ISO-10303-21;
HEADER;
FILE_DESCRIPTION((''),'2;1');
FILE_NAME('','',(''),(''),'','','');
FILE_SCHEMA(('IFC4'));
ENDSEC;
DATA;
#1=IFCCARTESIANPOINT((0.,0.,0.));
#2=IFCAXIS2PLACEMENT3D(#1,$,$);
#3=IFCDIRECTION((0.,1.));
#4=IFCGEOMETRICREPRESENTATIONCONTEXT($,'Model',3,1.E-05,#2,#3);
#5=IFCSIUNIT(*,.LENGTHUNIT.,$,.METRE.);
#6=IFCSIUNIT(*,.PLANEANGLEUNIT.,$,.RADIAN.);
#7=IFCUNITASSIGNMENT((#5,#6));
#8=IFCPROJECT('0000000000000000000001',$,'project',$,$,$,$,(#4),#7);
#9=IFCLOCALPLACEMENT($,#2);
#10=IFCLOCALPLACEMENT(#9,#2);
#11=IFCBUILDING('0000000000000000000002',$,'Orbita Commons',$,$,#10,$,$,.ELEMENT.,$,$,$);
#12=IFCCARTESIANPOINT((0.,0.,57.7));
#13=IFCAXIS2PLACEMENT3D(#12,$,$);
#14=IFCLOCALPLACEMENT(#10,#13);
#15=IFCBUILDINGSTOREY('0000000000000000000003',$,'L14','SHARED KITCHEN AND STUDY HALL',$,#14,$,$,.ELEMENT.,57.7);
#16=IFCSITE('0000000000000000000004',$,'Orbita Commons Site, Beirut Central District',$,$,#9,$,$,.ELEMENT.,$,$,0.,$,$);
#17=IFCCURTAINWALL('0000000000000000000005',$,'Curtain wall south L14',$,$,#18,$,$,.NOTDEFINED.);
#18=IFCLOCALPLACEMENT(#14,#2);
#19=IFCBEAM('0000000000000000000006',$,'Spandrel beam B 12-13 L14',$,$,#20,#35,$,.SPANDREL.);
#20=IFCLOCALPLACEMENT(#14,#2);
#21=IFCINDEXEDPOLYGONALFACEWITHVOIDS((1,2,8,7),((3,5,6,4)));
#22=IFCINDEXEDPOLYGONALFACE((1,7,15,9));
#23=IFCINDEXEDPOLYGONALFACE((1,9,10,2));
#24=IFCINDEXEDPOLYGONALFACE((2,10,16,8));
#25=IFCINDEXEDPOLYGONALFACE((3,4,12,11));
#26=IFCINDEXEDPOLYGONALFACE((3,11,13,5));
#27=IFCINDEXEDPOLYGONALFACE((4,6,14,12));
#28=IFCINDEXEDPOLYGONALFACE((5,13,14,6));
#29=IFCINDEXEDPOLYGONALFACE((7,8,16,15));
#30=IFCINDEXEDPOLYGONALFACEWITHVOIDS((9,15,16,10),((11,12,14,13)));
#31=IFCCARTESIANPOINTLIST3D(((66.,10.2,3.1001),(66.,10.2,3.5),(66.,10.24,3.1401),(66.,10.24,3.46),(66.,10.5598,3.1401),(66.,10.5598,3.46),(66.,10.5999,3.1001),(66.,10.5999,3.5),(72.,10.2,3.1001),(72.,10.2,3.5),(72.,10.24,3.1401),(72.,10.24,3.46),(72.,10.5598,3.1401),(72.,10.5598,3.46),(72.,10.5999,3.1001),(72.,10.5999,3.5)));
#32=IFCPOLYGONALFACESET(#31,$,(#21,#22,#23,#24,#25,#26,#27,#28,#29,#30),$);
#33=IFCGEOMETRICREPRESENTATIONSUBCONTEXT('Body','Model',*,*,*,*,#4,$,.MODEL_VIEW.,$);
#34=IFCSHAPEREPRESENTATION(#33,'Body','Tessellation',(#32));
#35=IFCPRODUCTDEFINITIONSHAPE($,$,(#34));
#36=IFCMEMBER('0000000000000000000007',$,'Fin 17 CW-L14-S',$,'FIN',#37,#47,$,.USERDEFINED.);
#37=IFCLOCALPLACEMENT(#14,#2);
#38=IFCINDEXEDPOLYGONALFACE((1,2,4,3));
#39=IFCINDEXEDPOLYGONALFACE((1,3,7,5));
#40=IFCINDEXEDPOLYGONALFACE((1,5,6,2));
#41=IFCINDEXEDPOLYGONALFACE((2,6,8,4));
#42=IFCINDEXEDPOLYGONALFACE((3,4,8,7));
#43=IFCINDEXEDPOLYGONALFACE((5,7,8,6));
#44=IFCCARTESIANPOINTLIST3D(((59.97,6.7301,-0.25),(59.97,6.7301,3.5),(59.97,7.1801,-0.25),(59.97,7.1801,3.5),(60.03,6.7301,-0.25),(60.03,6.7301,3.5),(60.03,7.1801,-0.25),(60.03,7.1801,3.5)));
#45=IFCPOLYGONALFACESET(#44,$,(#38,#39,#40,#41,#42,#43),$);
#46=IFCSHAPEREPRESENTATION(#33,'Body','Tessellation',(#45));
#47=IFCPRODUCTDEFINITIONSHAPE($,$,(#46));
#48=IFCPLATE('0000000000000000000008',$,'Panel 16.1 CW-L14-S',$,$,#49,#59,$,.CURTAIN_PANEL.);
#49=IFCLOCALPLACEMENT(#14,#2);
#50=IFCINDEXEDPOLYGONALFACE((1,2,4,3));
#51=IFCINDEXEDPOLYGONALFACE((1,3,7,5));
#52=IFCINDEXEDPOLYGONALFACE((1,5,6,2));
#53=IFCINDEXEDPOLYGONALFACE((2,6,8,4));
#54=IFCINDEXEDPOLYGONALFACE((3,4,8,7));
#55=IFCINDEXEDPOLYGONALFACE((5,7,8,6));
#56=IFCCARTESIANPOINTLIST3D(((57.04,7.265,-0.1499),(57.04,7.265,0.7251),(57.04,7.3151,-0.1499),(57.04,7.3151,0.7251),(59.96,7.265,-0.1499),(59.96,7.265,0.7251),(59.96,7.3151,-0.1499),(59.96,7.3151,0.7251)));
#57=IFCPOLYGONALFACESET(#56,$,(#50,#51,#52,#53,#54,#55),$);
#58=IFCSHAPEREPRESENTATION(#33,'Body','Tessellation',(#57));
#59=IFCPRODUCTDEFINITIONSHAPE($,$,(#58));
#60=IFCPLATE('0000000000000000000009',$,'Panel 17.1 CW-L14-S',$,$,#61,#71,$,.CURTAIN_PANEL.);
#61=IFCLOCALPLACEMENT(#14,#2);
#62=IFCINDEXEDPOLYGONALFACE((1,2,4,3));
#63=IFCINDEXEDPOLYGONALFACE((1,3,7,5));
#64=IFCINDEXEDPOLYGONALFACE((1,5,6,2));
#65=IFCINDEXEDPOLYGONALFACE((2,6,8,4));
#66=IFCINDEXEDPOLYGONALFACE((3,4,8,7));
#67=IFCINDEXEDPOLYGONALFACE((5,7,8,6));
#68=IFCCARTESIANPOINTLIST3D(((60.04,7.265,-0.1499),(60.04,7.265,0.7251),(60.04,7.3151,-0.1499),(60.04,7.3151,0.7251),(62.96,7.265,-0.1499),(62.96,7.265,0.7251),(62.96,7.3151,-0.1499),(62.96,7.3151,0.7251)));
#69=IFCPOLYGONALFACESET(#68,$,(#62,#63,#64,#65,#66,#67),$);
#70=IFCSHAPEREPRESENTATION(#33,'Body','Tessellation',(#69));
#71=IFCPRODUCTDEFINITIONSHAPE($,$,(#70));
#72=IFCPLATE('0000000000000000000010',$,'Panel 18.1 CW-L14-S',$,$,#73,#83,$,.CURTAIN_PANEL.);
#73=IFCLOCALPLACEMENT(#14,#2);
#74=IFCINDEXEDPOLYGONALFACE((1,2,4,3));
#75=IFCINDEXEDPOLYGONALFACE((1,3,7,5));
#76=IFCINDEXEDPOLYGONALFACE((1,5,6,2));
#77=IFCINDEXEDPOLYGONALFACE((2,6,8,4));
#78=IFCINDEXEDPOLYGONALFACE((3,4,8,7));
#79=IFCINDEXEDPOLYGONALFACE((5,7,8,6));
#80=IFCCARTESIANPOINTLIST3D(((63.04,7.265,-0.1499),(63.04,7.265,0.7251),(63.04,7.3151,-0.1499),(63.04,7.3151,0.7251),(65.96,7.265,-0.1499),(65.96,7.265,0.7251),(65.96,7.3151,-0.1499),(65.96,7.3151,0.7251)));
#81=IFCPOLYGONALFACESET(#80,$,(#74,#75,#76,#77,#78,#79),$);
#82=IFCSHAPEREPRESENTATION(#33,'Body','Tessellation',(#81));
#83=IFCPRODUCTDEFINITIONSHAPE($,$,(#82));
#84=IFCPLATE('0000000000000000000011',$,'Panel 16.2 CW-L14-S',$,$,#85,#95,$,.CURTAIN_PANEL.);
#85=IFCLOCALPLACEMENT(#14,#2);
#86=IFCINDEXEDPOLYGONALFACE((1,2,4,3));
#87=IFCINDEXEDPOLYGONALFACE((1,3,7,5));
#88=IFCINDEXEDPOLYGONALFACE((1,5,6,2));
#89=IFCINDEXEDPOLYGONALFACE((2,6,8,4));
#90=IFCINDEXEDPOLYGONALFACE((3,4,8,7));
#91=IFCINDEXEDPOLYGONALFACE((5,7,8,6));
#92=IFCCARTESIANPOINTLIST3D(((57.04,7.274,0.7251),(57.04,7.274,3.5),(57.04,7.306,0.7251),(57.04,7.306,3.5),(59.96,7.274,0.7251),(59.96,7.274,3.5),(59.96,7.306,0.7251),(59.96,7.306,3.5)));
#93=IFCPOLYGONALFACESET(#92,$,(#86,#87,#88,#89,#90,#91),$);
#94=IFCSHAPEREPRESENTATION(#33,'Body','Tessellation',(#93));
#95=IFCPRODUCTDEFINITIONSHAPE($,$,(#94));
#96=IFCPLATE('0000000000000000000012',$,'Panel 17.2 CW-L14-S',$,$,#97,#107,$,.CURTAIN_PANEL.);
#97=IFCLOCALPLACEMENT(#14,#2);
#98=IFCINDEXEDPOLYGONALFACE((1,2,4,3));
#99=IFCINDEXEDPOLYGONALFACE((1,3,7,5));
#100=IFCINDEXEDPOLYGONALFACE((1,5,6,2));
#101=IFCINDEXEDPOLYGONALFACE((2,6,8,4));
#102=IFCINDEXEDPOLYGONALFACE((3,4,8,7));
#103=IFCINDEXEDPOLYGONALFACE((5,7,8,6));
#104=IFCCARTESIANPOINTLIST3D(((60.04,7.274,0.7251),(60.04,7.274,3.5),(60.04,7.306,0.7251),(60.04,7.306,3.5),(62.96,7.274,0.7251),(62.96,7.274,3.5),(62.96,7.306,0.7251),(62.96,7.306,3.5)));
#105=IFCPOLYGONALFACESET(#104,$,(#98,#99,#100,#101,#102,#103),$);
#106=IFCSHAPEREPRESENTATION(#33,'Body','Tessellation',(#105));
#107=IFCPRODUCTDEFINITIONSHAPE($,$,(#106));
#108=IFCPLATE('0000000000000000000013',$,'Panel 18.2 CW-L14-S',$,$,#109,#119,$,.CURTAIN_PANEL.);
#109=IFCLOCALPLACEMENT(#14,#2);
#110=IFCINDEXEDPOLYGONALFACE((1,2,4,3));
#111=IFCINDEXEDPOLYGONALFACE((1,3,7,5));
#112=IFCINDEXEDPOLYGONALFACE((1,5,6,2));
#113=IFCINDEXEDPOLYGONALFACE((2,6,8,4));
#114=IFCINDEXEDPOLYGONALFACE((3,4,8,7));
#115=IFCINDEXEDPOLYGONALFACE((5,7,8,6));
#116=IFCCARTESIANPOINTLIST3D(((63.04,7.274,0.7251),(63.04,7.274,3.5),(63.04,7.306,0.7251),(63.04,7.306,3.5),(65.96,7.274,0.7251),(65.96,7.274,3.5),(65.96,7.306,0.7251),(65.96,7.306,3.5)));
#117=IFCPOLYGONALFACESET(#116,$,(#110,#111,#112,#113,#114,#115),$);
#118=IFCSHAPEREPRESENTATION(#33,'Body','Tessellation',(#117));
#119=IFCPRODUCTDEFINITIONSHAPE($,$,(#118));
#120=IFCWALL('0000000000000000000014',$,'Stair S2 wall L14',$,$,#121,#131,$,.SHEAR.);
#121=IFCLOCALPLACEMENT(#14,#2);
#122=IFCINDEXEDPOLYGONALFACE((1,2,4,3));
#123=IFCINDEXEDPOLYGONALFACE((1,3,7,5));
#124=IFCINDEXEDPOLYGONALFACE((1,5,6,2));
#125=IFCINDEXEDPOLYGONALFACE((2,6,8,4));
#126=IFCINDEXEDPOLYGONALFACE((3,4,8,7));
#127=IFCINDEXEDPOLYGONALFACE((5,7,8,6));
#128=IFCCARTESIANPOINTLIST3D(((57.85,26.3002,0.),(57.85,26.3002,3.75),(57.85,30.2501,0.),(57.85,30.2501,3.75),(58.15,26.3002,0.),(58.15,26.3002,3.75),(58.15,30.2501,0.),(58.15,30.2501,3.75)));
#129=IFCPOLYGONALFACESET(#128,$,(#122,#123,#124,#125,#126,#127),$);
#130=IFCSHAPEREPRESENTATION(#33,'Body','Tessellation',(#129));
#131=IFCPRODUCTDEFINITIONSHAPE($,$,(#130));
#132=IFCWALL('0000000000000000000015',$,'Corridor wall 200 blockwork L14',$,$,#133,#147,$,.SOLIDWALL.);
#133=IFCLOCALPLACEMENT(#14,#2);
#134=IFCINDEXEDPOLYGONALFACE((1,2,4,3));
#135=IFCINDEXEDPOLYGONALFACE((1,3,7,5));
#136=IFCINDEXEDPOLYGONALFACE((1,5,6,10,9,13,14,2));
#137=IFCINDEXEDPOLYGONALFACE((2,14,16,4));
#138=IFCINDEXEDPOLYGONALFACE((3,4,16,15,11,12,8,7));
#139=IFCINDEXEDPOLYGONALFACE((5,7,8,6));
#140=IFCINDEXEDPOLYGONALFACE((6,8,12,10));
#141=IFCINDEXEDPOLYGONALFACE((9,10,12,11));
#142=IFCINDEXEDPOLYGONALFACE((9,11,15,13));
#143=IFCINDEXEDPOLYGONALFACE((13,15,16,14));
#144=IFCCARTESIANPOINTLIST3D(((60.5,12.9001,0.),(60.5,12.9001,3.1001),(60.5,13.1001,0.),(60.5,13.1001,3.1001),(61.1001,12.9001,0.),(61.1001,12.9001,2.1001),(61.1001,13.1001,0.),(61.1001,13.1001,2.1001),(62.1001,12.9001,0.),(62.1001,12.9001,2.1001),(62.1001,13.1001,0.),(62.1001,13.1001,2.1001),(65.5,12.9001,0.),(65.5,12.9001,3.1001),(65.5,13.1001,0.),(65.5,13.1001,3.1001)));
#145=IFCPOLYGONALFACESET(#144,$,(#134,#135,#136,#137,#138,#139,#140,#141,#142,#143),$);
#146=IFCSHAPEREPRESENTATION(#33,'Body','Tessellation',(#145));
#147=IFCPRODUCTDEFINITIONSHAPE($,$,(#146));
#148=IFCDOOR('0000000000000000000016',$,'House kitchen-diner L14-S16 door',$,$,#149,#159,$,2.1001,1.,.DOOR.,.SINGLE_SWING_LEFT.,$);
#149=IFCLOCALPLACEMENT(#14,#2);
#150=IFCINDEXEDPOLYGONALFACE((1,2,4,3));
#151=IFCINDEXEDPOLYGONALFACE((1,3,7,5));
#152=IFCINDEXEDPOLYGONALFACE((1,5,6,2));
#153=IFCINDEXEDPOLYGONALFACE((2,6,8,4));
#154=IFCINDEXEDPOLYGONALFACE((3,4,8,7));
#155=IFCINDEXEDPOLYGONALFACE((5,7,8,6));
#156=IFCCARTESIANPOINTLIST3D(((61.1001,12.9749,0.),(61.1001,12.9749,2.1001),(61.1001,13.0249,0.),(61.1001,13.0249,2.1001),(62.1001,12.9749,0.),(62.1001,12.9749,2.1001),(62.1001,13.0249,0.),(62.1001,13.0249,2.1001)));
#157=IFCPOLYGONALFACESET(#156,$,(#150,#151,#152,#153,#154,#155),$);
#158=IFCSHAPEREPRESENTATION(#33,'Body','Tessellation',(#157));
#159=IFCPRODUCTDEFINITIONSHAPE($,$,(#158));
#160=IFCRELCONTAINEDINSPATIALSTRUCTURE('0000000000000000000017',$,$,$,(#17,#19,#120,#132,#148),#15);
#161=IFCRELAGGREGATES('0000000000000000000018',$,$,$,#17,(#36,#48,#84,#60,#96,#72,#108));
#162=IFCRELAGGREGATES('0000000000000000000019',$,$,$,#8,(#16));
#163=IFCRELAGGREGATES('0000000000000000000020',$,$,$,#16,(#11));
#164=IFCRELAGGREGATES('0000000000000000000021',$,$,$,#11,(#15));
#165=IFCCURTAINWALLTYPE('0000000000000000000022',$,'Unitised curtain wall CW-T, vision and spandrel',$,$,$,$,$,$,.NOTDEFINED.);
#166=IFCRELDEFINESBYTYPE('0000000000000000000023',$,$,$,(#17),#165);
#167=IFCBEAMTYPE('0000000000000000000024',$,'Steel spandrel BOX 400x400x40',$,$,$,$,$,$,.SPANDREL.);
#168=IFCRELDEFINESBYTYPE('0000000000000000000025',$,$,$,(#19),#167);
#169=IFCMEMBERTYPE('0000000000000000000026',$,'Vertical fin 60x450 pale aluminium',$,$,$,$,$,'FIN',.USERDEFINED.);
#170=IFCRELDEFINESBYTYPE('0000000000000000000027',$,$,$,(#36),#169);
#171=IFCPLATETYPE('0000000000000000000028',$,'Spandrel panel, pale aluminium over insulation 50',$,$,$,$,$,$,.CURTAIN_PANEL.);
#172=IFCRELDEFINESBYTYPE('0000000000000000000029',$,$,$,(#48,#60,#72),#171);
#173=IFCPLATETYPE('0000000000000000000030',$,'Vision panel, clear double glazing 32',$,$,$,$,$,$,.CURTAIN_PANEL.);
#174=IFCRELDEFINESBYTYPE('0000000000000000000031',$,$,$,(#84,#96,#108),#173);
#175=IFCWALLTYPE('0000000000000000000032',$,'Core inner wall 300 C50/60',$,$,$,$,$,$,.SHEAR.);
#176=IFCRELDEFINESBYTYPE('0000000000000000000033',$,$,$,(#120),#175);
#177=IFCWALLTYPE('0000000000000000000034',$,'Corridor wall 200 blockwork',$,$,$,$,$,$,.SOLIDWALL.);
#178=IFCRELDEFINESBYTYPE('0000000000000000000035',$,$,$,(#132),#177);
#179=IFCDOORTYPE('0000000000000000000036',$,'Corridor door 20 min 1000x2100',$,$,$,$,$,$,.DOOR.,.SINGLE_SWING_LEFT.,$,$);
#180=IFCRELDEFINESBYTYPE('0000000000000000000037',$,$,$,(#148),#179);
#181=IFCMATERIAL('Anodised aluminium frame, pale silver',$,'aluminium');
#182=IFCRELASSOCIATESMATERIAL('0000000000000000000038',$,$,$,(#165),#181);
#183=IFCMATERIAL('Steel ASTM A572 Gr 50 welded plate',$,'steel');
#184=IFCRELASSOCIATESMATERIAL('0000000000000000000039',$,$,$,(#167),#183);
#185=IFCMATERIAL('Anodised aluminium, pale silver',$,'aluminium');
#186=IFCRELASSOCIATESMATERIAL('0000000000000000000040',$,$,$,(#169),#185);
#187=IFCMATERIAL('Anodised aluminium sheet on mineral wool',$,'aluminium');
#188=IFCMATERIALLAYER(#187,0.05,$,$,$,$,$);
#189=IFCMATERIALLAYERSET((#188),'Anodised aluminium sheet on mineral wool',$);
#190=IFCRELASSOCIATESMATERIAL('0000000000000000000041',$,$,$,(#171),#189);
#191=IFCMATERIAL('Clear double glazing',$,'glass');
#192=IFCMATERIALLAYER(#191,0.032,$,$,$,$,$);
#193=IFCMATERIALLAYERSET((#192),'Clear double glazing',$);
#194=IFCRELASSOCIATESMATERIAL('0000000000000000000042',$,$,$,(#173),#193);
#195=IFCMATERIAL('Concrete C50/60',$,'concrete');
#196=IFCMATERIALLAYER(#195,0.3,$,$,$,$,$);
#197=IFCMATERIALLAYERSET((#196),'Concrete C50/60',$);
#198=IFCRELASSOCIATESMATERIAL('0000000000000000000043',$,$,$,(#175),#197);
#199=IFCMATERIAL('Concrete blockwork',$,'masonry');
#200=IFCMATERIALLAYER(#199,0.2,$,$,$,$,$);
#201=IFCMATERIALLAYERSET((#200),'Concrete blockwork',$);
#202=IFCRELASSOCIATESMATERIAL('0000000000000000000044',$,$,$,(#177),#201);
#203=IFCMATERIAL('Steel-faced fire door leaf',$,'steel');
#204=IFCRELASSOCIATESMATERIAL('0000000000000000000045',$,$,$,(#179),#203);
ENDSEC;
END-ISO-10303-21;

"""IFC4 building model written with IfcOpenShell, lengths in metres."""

from ifc_helpers import new_model, si_unit, direction, frame, frame_2d, origin, origin_2d, place, context, subcontext, project, spatial, polyline, rectangle, hollow_rectangle, outline, extrude, material, layer, layer_set, material_profile, profile_set, type_object, element, fill, aggregate, save


model = new_model("IFC4")

# Units and contexts
model_context = context("Model", 3, precision=1e-05, world=origin(), true_north=direction((0.0, 1.0)))
body_context = subcontext(model_context, "Body", "Model", "MODEL_VIEW")
ifc_project = project(units=[si_unit("LENGTHUNIT", "METRE"), si_unit("PLANEANGLEUNIT", "RADIAN")], contexts=[model_context])

# Site, building, storey
site_placement = place(None, origin())
site = spatial("IfcSite", under=ifc_project, at=site_placement, Name="Orbita Commons Site, Beirut Central District", CompositionType="ELEMENT", RefElevation=0.0)
building_placement = place(site_placement, origin())
building = spatial("IfcBuilding", under=site, at=building_placement, Name="Orbita Commons", CompositionType="ELEMENT")
storey_placement = place(building_placement, frame((0.0, 0.0, 57.7)))
storey = spatial("IfcBuildingStorey", under=building, at=storey_placement, Name="L14", Description="SHARED KITCHEN AND STUDY HALL", CompositionType="ELEMENT", Elevation=57.7)

# Curtain wall
ifc_material_1 = material(Name="Anodised aluminium frame, pale silver", Category="aluminium")
curtain_wall_type = type_object("IfcCurtainWallType", Name="Unitised curtain wall CW-T, vision and spandrel", PredefinedType="NOTDEFINED", material=ifc_material_1)
curtain_wall_placement = place(storey_placement, origin())
curtain_wall = element("IfcCurtainWall", 1, at=curtain_wall_placement, inside=storey, type_object=curtain_wall_type, Name="Curtain wall south L14", PredefinedType="NOTDEFINED")

# Beam
ifc_material_2 = material(Name="Steel ASTM A572 Gr 50 welded plate", Category="steel")
ifc_material_profile_1 = material_profile(ifc_material_2, hollow_rectangle(XDim=0.3999, YDim=0.3999, WallThickness=0.04, at=origin_2d()), Name="BOX 400x400x40")
ifc_profile_set_1 = profile_set([ifc_material_profile_1], Name="Steel ASTM A572 Gr 50 welded plate")
beam_type_1 = type_object("IfcBeamType", Name="Steel spandrel BOX 400x400x40", PredefinedType="SPANDREL", material=ifc_profile_set_1)
for number, where, z_axis, x_axis, name in (
    (2, (66.0, 10.3999, 3.3), (1.0, 0.0, 0.0), (0.0, 1.0, 0.0), "Spandrel beam B 12-13 L14"),
):
    element("IfcBeam", number, at=place(storey_placement, frame(where, z_axis=z_axis, x_axis=x_axis)), inside=storey, type_object=beam_type_1, Name=name, PredefinedType="SPANDREL", context=body_context, shape_type="SweptSolid", body=[
        extrude(hollow_rectangle(XDim=0.3999, YDim=0.3999, WallThickness=0.04, at=origin_2d()), origin(), (0.0, 0.0, 1.0), 6.0),
    ])

# Member
ifc_material_3 = material(Name="Anodised aluminium, pale silver", Category="aluminium")
ifc_material_profile_2 = material_profile(ifc_material_3, rectangle(XDim=0.0601, YDim=0.45, at=origin_2d()), Name="FIN 60x450")
ifc_profile_set_2 = profile_set([ifc_material_profile_2], Name="Anodised aluminium, pale silver")
member_type_1 = type_object("IfcMemberType", Name="Vertical fin 60x450 pale aluminium", ElementType="FIN", PredefinedType="USERDEFINED", material=ifc_profile_set_2)
member_1_placement = place(storey_placement, frame((60.0, 6.9551, -0.25), z_axis=(0.0, 0.0, 1.0), x_axis=(1.0, 0.0, 0.0)))
member_1 = element("IfcMember", 3, at=member_1_placement, type_object=member_type_1, Name="Fin 17 CW-L14-S", ObjectType="FIN", PredefinedType="USERDEFINED", context=body_context, shape_type="SweptSolid", body=[
    extrude(rectangle(XDim=0.0601, YDim=0.45, at=origin_2d()), origin(), (0.0, 0.0, 1.0), 3.75),
])

# Plates
ifc_material_4 = material(Name="Anodised aluminium sheet on mineral wool", Category="aluminium")
ifc_layer_1 = layer(ifc_material_4, 0.05)
ifc_layer_set_1 = layer_set([ifc_layer_1], Name="Anodised aluminium sheet on mineral wool")
plate_type_1 = type_object("IfcPlateType", Name="Spandrel panel, pale aluminium over insulation 50", PredefinedType="CURTAIN_PANEL", material=ifc_layer_set_1)
plate_1_placement = place(storey_placement, frame((58.5, 7.29, -0.1499), z_axis=(0.0, 0.0, 1.0), x_axis=(1.0, 0.0, 0.0)))
plate_1 = element("IfcPlate", 4, at=plate_1_placement, type_object=plate_type_1, Name="Panel 16.1 CW-L14-S", PredefinedType="CURTAIN_PANEL", context=body_context, shape_type="SweptSolid", body=[
    extrude(rectangle(XDim=2.9199, YDim=0.05, at=origin_2d()), origin(), (0.0, 0.0, 1.0), 0.875),
])
plate_2_placement = place(storey_placement, frame((61.5, 7.29, -0.1499), z_axis=(0.0, 0.0, 1.0), x_axis=(1.0, 0.0, 0.0)))
plate_2 = element("IfcPlate", 5, at=plate_2_placement, type_object=plate_type_1, Name="Panel 17.1 CW-L14-S", PredefinedType="CURTAIN_PANEL", context=body_context, shape_type="SweptSolid", body=[
    extrude(rectangle(XDim=2.9199, YDim=0.05, at=origin_2d()), origin(), (0.0, 0.0, 1.0), 0.875),
])
plate_3_placement = place(storey_placement, frame((64.5, 7.29, -0.1499), z_axis=(0.0, 0.0, 1.0), x_axis=(1.0, 0.0, 0.0)))
plate_3 = element("IfcPlate", 6, at=plate_3_placement, type_object=plate_type_1, Name="Panel 18.1 CW-L14-S", PredefinedType="CURTAIN_PANEL", context=body_context, shape_type="SweptSolid", body=[
    extrude(rectangle(XDim=2.9199, YDim=0.05, at=origin_2d()), origin(), (0.0, 0.0, 1.0), 0.875),
])
ifc_material_5 = material(Name="Clear double glazing", Category="glass")
ifc_layer_2 = layer(ifc_material_5, 0.032)
ifc_layer_set_2 = layer_set([ifc_layer_2], Name="Clear double glazing")
plate_type_2 = type_object("IfcPlateType", Name="Vision panel, clear double glazing 32", PredefinedType="CURTAIN_PANEL", material=ifc_layer_set_2)
plate_4_placement = place(storey_placement, frame((58.5, 7.29, 0.7251), z_axis=(0.0, 0.0, 1.0), x_axis=(1.0, 0.0, 0.0)))
plate_4 = element("IfcPlate", 7, at=plate_4_placement, type_object=plate_type_2, Name="Panel 16.2 CW-L14-S", PredefinedType="CURTAIN_PANEL", context=body_context, shape_type="SweptSolid", body=[
    extrude(rectangle(XDim=2.9199, YDim=0.032, at=origin_2d()), origin(), (0.0, 0.0, 1.0), 2.7749),
])
plate_5_placement = place(storey_placement, frame((61.5, 7.29, 0.7251), z_axis=(0.0, 0.0, 1.0), x_axis=(1.0, 0.0, 0.0)))
plate_5 = element("IfcPlate", 8, at=plate_5_placement, type_object=plate_type_2, Name="Panel 17.2 CW-L14-S", PredefinedType="CURTAIN_PANEL", context=body_context, shape_type="SweptSolid", body=[
    extrude(rectangle(XDim=2.9199, YDim=0.032, at=origin_2d()), origin(), (0.0, 0.0, 1.0), 2.7749),
])
plate_6_placement = place(storey_placement, frame((64.5, 7.29, 0.7251), z_axis=(0.0, 0.0, 1.0), x_axis=(1.0, 0.0, 0.0)))
plate_6 = element("IfcPlate", 9, at=plate_6_placement, type_object=plate_type_2, Name="Panel 18.2 CW-L14-S", PredefinedType="CURTAIN_PANEL", context=body_context, shape_type="SweptSolid", body=[
    extrude(rectangle(XDim=2.9199, YDim=0.032, at=origin_2d()), origin(), (0.0, 0.0, 1.0), 2.7749),
])
aggregate(curtain_wall, [member_1, plate_1, plate_4, plate_2, plate_5, plate_3, plate_6])

# Wall
ifc_material_6 = material(Name="Concrete C50/60", Category="concrete")
ifc_layer_3 = layer(ifc_material_6, 0.3)
ifc_layer_set_3 = layer_set([ifc_layer_3], Name="Concrete C50/60")
wall_type_1 = type_object("IfcWallType", Name="Core inner wall 300 C50/60", PredefinedType="SHEAR", material=ifc_layer_set_3)
wall_1_placement = place(storey_placement, frame((58.0, 26.3, 0.0), z_axis=(0.0, 0.0, 1.0), x_axis=(0.0, 1.0, 0.0)))
element("IfcWall", 10, at=wall_1_placement, inside=storey, type_object=wall_type_1, Name="Stair S2 wall L14", PredefinedType="SHEAR", context=body_context, shape_type="SweptSolid", body=[
    extrude(rectangle(XDim=3.95, YDim=0.3, at=frame_2d((1.9751, 0.0))), origin(), (0.0, 0.0, 1.0), 3.75),
])

# Wall, opening, door
ifc_material_7 = material(Name="Concrete blockwork", Category="masonry")
ifc_layer_4 = layer(ifc_material_7, 0.2)
ifc_layer_set_4 = layer_set([ifc_layer_4], Name="Concrete blockwork")
wall_type_2 = type_object("IfcWallType", Name="Corridor wall 200 blockwork", PredefinedType="SOLIDWALL", material=ifc_layer_set_4)
wall_2_placement = place(storey_placement, frame((60.5, 13.0, 0.0), z_axis=(0.0, 0.0, 1.0), x_axis=(1.0, 0.0, 0.0)))
wall_2 = element("IfcWall", 11, at=wall_2_placement, inside=storey, type_object=wall_type_2, Name="Corridor wall 200 blockwork L14", PredefinedType="SOLIDWALL", context=body_context, shape_type="SweptSolid", body=[
    extrude(outline(polyline([(0.0, 0.0), (5.0, 0.0), (5.0, 3.1001), (0.0, 3.1001), (0.0, 0.0)])), frame((0.0, 0.1001, 0.0), z_axis=(0.0, -1.0, 0.0), x_axis=(1.0, 0.0, 0.0)), (0.0, 0.0, 1.0), 0.2),
])
opening_1_placement = place(wall_2_placement, frame((0.6001, 0.0, 0.0)))
opening_1 = element("IfcOpeningElement", 12, at=opening_1_placement, cuts=wall_2, PredefinedType="OPENING", context=body_context, shape_type="SweptSolid", body=[
    extrude(rectangle(XDim=1.0, YDim=2.1001, at=frame_2d((0.5, 1.05))), frame((0.0, 0.1099, 0.0), z_axis=(0.0, -1.0, 0.0), x_axis=(1.0, 0.0, 0.0)), (0.0, 0.0, 1.0), 0.22),
])
ifc_material_8 = material(Name="Steel-faced fire door leaf", Category="steel")
door_type_1 = type_object("IfcDoorType", Name="Corridor door 20 min 1000x2100", OperationType="SINGLE_SWING_LEFT", PredefinedType="DOOR", material=ifc_material_8)
door_1_placement = place(opening_1_placement, origin())
door_1 = element("IfcDoor", 13, at=door_1_placement, inside=storey, type_object=door_type_1, Name="House kitchen-diner L14-S16 door", OperationType="SINGLE_SWING_LEFT", OverallHeight=2.1001, OverallWidth=1.0, PredefinedType="DOOR", context=body_context, shape_type="SweptSolid", body=[
    extrude(rectangle(XDim=1.0, YDim=2.1001, at=frame_2d((0.5, 1.05))), frame((0.0, 0.0249, 0.0), z_axis=(0.0, -1.0, 0.0), x_axis=(1.0, 0.0, 0.0)), (0.0, 0.0, 1.0), 0.05),
])
fill(opening_1, door_1)

save(model, "model.ifc")
